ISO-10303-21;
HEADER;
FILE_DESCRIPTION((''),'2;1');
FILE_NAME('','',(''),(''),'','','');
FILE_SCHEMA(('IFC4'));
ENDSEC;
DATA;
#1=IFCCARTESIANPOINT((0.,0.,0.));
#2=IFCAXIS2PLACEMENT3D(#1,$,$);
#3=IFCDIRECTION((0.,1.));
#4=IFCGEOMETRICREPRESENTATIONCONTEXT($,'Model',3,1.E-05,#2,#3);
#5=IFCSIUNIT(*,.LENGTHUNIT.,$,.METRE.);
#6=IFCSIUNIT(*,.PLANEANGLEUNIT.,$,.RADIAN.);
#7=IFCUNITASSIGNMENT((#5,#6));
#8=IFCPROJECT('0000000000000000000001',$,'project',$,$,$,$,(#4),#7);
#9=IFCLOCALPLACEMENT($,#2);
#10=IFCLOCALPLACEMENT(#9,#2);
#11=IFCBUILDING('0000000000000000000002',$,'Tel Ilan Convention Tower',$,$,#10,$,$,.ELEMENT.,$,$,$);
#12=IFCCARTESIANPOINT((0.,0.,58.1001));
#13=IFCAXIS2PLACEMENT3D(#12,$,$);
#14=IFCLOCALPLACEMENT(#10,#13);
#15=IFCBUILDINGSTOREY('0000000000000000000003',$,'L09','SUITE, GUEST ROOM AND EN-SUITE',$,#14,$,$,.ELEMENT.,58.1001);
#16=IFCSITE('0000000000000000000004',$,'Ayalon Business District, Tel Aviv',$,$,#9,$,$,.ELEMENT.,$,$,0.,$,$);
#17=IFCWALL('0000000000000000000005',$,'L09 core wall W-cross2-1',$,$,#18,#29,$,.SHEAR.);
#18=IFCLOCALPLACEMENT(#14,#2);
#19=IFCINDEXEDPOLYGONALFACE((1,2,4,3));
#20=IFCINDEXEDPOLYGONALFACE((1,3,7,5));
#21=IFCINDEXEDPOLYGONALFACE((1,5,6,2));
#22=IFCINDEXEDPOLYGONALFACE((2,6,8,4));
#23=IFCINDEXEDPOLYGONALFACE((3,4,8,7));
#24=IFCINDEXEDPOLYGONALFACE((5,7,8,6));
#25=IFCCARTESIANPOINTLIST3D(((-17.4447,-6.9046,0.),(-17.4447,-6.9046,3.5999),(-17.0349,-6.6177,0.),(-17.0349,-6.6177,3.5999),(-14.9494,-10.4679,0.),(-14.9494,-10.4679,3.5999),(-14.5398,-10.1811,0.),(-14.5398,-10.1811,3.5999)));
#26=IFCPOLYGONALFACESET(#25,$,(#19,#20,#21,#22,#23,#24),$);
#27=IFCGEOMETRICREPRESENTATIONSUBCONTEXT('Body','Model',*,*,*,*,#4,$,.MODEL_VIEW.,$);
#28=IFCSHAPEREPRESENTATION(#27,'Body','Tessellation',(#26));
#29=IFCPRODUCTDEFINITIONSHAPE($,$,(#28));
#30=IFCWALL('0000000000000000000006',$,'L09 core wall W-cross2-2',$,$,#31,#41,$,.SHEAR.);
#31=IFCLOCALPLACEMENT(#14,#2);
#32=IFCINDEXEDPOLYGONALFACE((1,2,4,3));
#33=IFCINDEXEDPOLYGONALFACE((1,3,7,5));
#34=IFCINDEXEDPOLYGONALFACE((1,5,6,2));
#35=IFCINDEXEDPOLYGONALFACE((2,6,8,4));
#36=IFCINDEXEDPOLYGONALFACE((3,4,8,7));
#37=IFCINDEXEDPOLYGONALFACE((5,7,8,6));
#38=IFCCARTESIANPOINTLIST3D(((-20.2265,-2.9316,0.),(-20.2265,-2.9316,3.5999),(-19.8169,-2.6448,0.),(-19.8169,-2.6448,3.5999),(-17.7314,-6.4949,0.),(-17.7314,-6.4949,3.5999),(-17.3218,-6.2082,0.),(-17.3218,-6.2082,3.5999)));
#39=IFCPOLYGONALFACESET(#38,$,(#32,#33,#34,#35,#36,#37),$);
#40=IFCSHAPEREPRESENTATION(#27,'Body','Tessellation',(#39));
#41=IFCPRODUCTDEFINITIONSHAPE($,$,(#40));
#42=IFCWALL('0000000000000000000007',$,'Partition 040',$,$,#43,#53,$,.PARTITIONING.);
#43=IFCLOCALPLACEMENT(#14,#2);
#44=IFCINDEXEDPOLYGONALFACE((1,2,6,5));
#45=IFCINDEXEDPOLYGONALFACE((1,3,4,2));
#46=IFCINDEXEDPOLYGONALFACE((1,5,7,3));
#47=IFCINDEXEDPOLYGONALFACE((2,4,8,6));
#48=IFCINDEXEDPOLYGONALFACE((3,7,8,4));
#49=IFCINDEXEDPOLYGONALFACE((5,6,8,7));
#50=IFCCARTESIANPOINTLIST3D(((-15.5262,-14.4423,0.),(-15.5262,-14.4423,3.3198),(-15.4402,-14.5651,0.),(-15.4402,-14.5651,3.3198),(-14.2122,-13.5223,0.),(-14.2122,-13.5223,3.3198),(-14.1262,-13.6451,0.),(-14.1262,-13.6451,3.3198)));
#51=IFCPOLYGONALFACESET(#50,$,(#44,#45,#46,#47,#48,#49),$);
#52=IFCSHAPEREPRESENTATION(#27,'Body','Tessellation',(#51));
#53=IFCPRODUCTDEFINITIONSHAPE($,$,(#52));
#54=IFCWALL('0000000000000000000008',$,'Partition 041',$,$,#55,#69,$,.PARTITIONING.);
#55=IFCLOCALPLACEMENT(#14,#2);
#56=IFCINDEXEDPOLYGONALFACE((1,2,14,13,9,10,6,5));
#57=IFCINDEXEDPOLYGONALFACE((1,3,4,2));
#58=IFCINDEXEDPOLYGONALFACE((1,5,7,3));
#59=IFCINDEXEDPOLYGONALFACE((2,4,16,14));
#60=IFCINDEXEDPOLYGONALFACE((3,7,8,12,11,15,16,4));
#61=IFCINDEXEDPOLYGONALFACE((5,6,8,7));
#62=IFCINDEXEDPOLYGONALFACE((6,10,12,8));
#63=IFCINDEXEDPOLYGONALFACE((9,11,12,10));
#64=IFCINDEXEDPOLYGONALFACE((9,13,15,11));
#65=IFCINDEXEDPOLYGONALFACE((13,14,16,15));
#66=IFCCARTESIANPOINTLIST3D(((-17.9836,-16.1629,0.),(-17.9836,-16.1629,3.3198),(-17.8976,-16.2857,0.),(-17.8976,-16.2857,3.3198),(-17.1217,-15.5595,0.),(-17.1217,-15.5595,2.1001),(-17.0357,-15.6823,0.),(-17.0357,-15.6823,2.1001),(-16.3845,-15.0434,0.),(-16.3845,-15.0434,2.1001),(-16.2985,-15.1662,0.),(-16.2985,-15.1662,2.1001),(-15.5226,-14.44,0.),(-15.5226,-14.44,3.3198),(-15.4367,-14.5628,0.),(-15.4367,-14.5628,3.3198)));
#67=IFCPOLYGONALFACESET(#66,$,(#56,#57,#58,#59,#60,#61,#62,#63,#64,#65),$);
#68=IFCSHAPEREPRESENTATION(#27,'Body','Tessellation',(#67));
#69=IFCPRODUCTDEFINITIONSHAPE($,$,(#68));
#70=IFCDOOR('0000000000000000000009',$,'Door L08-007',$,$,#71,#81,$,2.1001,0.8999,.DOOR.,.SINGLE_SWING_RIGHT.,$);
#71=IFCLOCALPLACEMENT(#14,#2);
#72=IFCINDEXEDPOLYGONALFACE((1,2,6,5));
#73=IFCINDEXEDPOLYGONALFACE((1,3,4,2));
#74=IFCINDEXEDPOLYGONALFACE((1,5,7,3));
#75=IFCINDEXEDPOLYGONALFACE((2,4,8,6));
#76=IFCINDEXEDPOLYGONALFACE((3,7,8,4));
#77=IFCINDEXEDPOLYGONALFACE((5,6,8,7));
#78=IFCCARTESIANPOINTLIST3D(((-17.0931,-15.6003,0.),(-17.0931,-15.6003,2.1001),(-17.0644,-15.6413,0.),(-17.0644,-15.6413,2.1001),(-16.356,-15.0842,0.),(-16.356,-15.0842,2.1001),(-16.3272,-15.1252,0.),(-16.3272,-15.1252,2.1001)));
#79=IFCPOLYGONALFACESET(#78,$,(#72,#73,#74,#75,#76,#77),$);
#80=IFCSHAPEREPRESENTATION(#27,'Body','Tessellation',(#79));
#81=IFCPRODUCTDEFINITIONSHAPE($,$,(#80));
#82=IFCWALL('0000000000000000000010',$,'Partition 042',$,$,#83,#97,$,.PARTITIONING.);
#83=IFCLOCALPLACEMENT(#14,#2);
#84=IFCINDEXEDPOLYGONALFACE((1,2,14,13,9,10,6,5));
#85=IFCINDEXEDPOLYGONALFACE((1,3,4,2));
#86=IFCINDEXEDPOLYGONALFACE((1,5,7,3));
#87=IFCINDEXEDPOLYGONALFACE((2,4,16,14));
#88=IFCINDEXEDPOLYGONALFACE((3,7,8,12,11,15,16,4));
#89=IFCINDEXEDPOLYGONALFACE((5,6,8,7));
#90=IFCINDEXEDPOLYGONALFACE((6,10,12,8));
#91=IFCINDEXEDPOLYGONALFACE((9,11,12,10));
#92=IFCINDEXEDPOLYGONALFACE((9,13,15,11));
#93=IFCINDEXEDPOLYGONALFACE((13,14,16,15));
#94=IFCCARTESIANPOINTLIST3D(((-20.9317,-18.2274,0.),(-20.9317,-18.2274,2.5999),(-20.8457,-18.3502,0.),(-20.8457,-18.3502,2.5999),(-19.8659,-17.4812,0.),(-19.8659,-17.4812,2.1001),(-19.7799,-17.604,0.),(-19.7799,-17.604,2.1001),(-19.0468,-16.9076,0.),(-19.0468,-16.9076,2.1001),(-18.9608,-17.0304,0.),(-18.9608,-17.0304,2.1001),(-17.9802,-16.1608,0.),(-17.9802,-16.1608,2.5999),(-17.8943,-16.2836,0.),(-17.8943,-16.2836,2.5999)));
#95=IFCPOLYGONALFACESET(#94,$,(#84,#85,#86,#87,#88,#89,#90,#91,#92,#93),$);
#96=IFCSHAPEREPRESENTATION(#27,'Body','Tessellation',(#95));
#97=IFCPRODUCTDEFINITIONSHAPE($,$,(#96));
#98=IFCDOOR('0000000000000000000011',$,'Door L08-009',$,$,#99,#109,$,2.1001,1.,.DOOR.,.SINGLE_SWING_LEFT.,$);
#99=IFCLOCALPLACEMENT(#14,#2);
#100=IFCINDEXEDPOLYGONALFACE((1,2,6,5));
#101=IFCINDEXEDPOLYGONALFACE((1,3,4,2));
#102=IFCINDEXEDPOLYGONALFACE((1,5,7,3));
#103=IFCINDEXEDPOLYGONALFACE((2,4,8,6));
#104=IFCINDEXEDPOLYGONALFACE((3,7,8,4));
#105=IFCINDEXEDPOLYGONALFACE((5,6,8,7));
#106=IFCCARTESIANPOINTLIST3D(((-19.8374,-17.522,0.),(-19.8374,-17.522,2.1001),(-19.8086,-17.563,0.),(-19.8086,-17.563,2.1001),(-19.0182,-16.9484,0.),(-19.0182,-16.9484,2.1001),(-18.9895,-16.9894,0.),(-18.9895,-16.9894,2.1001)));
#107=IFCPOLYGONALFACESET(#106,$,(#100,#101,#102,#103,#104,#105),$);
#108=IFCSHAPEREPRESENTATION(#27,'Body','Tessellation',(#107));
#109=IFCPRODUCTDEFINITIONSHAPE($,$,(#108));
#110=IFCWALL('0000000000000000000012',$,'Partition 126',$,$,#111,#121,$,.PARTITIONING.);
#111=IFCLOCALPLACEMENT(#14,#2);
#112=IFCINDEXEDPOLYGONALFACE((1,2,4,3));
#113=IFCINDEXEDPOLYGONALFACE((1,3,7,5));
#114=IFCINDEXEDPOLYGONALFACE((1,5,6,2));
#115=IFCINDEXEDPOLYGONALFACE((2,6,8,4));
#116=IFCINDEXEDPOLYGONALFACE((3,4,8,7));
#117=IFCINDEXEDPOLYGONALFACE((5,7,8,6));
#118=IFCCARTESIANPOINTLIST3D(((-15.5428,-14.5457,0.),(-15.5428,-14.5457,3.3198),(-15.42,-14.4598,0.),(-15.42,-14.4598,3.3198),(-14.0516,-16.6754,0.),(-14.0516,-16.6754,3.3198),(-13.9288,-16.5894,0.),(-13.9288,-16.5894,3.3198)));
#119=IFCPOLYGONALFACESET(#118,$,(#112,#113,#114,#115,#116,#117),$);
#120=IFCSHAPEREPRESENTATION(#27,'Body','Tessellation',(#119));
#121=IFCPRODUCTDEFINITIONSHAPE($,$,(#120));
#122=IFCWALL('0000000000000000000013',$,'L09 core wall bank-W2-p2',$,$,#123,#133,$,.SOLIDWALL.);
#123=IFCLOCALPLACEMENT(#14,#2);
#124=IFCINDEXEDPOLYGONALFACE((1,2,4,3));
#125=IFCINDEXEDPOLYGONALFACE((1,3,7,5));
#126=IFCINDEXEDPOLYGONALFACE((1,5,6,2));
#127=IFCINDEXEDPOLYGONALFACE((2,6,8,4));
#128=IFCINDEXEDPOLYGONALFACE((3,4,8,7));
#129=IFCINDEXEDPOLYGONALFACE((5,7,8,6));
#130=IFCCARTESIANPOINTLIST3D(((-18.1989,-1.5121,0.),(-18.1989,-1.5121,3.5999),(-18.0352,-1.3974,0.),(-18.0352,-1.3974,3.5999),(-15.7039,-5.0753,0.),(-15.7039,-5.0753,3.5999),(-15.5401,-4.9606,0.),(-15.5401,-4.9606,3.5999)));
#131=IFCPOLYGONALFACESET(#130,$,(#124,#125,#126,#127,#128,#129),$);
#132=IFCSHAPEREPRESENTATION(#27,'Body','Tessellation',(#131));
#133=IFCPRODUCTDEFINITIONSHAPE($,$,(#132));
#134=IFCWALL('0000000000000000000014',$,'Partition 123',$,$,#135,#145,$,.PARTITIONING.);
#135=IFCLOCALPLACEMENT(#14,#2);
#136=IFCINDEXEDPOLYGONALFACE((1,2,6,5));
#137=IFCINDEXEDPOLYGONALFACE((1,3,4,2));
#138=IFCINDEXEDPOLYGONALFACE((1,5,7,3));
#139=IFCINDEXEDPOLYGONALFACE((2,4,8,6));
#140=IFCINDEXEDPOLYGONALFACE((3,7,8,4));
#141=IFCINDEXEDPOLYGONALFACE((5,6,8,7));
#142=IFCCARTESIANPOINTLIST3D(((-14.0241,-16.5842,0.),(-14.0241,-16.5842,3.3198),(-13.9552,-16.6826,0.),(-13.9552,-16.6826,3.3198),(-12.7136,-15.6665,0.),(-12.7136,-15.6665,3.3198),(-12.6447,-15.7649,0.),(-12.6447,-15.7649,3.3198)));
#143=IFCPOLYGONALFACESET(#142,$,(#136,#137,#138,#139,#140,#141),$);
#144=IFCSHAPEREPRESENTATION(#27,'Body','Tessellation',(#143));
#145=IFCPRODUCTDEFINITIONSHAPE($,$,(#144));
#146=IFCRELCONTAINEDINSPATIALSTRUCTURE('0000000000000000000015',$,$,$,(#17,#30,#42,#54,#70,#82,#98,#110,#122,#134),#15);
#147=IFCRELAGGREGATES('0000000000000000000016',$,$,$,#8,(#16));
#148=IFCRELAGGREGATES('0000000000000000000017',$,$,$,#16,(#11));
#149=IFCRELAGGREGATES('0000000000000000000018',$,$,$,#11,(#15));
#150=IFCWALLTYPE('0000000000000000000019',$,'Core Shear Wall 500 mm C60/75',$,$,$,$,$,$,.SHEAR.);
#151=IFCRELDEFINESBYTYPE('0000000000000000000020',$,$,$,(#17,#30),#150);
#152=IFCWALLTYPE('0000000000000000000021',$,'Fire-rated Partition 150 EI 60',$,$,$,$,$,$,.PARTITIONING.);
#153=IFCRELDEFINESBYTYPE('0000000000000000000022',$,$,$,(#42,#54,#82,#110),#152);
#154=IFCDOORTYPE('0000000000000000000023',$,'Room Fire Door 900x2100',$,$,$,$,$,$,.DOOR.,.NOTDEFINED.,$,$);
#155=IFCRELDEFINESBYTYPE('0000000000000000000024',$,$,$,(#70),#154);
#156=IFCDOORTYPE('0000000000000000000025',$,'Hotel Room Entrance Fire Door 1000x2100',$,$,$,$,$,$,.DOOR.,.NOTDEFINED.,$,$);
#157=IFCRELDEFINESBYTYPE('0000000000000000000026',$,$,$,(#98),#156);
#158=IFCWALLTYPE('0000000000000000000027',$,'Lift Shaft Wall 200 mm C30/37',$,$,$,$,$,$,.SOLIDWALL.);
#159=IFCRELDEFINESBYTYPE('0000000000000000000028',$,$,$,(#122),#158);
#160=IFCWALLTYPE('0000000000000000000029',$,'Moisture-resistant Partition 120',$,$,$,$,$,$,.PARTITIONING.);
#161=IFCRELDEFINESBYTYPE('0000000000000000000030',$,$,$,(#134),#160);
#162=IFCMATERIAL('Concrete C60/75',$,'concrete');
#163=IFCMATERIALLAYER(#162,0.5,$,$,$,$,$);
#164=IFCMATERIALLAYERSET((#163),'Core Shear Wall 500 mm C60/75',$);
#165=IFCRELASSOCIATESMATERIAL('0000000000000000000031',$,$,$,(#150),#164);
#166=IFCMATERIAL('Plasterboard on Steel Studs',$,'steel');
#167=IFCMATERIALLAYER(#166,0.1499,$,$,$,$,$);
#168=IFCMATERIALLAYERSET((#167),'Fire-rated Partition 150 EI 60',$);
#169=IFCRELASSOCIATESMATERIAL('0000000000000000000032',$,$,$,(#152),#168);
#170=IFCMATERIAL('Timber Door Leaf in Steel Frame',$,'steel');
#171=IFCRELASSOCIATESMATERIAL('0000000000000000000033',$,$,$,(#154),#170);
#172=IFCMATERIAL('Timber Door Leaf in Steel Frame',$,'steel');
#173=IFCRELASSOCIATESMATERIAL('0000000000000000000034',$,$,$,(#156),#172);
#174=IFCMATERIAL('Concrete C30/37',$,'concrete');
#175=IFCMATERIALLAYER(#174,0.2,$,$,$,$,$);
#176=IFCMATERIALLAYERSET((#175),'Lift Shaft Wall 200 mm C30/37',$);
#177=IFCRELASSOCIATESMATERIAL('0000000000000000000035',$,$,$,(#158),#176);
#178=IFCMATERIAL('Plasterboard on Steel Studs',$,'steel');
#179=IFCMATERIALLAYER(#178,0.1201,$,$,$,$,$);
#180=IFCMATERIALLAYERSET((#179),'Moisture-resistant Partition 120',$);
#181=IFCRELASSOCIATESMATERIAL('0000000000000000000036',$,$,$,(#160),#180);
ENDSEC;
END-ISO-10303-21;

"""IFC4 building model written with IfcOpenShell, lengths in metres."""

from ifc_helpers import new_model, si_unit, direction, frame, frame_2d, origin, place, context, subcontext, project, spatial, polyline, rectangle, outline, extrude, material, layer, layer_set, type_object, element, fill, save


model = new_model("IFC4")

# Units and contexts
model_context = context("Model", 3, precision=1e-05, world=origin(), true_north=direction((0.0, 1.0)))
body_context = subcontext(model_context, "Body", "Model", "MODEL_VIEW")
ifc_project = project(units=[si_unit("LENGTHUNIT", "METRE"), si_unit("PLANEANGLEUNIT", "RADIAN")], contexts=[model_context])

# Site, building, storey
site_placement = place(None, origin())
site = spatial("IfcSite", under=ifc_project, at=site_placement, Name="Ayalon Business District, Tel Aviv", CompositionType="ELEMENT", RefElevation=0.0)
building_placement = place(site_placement, origin())
building = spatial("IfcBuilding", under=site, at=building_placement, Name="Tel Ilan Convention Tower", CompositionType="ELEMENT")
storey_placement = place(building_placement, frame((0.0, 0.0, 58.1001)))
storey = spatial("IfcBuildingStorey", under=building, at=storey_placement, Name="L09", Description="SUITE, GUEST ROOM AND EN-SUITE", CompositionType="ELEMENT", Elevation=58.1001)

# Walls
ifc_material_1 = material(Name="Concrete C60/75", Category="concrete")
ifc_layer_1 = layer(ifc_material_1, 0.5)
ifc_layer_set_1 = layer_set([ifc_layer_1], Name="Core Shear Wall 500 mm C60/75")
wall_type_1 = type_object("IfcWallType", Name="Core Shear Wall 500 mm C60/75", PredefinedType="SHEAR", material=ifc_layer_set_1)
wall_1_placement = place(storey_placement, frame((-14.7446, -10.3245, 0.0), z_axis=(0.0, 0.0, 1.0), x_axis=(-0.573568, 0.819158, 0.0)))
element("IfcWall", 1, at=wall_1_placement, inside=storey, type_object=wall_type_1, Name="L09 core wall W-cross2-1", PredefinedType="SHEAR", context=body_context, shape_type="SweptSolid", body=[
    extrude(outline(polyline([(4.3501, 0.2502), (0.0, 0.25), (0.0, -0.25), (4.3501, -0.25), (4.3501, 0.2502)])), origin(), (0.0, 0.0, 1.0), 3.5999),
])
wall_2_placement = place(storey_placement, frame((-17.5266, -6.3516, 0.0), z_axis=(0.0, 0.0, 1.0), x_axis=(-0.57353, 0.819184, 0.0)))
element("IfcWall", 2, at=wall_2_placement, inside=storey, type_object=wall_type_1, Name="L09 core wall W-cross2-2", PredefinedType="SHEAR", context=body_context, shape_type="SweptSolid", body=[
    extrude(outline(polyline([(4.3501, -0.2498), (4.3501, 0.2502), (0.0, 0.25), (0.0, -0.25), (4.3501, -0.2498)])), origin(), (0.0, 0.0, 1.0), 3.5999),
])
ifc_material_2 = material(Name="Plasterboard on Steel Studs", Category="steel")
ifc_layer_2 = layer(ifc_material_2, 0.1499)
ifc_layer_set_2 = layer_set([ifc_layer_2], Name="Fire-rated Partition 150 EI 60")
wall_type_2 = type_object("IfcWallType", Name="Fire-rated Partition 150 EI 60", PredefinedType="PARTITIONING", material=ifc_layer_set_2)
wall_3_placement = place(storey_placement, frame((-14.1692, -13.5837, 0.0), z_axis=(0.0, 0.0, 1.0), x_axis=(-0.819189, -0.573524, 0.0)))
element("IfcWall", 3, at=wall_3_placement, inside=storey, type_object=wall_type_2, Name="Partition 040", PredefinedType="PARTITIONING", context=body_context, shape_type="SweptSolid", body=[
    extrude(rectangle(XDim=1.604, YDim=0.1499, at=frame_2d((0.802, 0.0))), origin(), (0.0, 0.0, 1.0), 3.3198),
])

# Walls, openings, doors
wall_4_placement = place(storey_placement, frame((-15.4797, -14.5015, 0.0), z_axis=(0.0, 0.0, 1.0), x_axis=(-0.819194, -0.573517, 0.0)))
wall_4 = element("IfcWall", 4, at=wall_4_placement, inside=storey, type_object=wall_type_2, Name="Partition 041", PredefinedType="PARTITIONING", context=body_context, shape_type="SweptSolid", body=[
    extrude(rectangle(XDim=3.0042, YDim=0.1499, at=frame_2d((1.502, 0.0))), origin(), (0.0, 0.0, 1.0), 3.3198),
])
opening_1_placement = place(wall_4_placement, frame((1.052, 0.0, 0.0)))
opening_1 = element("IfcOpeningElement", 5, at=opening_1_placement, cuts=wall_4, PredefinedType="OPENING", context=body_context, shape_type="SweptSolid", body=[
    extrude(rectangle(XDim=0.8999, YDim=2.1001, at=frame_2d((0.45, 1.05))), frame((0.0, 0.085, 0.0), z_axis=(0.0, -1.0, 0.0), x_axis=(1.0, 0.0, 0.0)), (0.0, 0.0, 1.0), 0.1699),
])
ifc_material_3 = material(Name="Timber Door Leaf in Steel Frame", Category="steel")
door_type_1 = type_object("IfcDoorType", Name="Room Fire Door 900x2100", OperationType="NOTDEFINED", PredefinedType="DOOR", material=ifc_material_3)
door_1_placement = place(opening_1_placement, origin())
door_1 = element("IfcDoor", 6, at=door_1_placement, inside=storey, type_object=door_type_1, Name="Door L08-007", OperationType="SINGLE_SWING_RIGHT", OverallHeight=2.1001, OverallWidth=0.8999, PredefinedType="DOOR", context=body_context, shape_type="SweptSolid", body=[
    extrude(rectangle(XDim=0.8999, YDim=2.1001, at=frame_2d((0.45, 1.05))), frame((0.0, 0.0249, 0.0), z_axis=(0.0, -1.0, 0.0), x_axis=(1.0, 0.0, 0.0)), (0.0, 0.0, 1.0), 0.05),
])
fill(opening_1, door_1)
wall_5_placement = place(storey_placement, frame((-17.9373, -16.2222, 0.0), z_axis=(0.0, 0.0, 1.0), x_axis=(-0.819146, -0.573585, 0.0)))
wall_5 = element("IfcWall", 7, at=wall_5_placement, inside=storey, type_object=wall_type_2, Name="Partition 042", PredefinedType="PARTITIONING", context=body_context, shape_type="SweptSolid", body=[
    extrude(rectangle(XDim=3.603, YDim=0.1499, at=frame_2d((1.8015, 0.0))), origin(), (0.0, 0.0, 1.0), 2.5999),
])
opening_2_placement = place(wall_5_placement, frame((1.302, 0.0, 0.0)))
opening_2 = element("IfcOpeningElement", 8, at=opening_2_placement, cuts=wall_5, PredefinedType="OPENING", context=body_context, shape_type="SweptSolid", body=[
    extrude(rectangle(XDim=1.0, YDim=2.1001, at=frame_2d((0.5, 1.05))), frame((0.0, 0.085, 0.0), z_axis=(0.0, -1.0, 0.0), x_axis=(1.0, 0.0, 0.0)), (0.0, 0.0, 1.0), 0.1699),
])
ifc_material_4 = material(Name="Timber Door Leaf in Steel Frame", Category="steel")
door_type_2 = type_object("IfcDoorType", Name="Hotel Room Entrance Fire Door 1000x2100", OperationType="NOTDEFINED", PredefinedType="DOOR", material=ifc_material_4)
door_2_placement = place(opening_2_placement, origin())
door_2 = element("IfcDoor", 9, at=door_2_placement, inside=storey, type_object=door_type_2, Name="Door L08-009", OperationType="SINGLE_SWING_LEFT", OverallHeight=2.1001, OverallWidth=1.0, PredefinedType="DOOR", context=body_context, shape_type="SweptSolid", body=[
    extrude(rectangle(XDim=1.0, YDim=2.1001, at=frame_2d((0.5, 1.05))), frame((0.0, 0.0249, 0.0), z_axis=(0.0, -1.0, 0.0), x_axis=(1.0, 0.0, 0.0)), (0.0, 0.0, 1.0), 0.05),
])
fill(opening_2, door_2)

# Walls
wall_6_placement = place(storey_placement, frame((-13.9902, -16.6323, 0.0), z_axis=(0.0, 0.0, 1.0), x_axis=(-0.573582, 0.819148, 0.0)))
element("IfcWall", 10, at=wall_6_placement, inside=storey, type_object=wall_type_2, Name="Partition 126", PredefinedType="PARTITIONING", context=body_context, shape_type="SweptSolid", body=[
    extrude(rectangle(XDim=2.5999, YDim=0.1499, at=frame_2d((1.2998, 0.0))), origin(), (0.0, 0.0, 1.0), 3.3198),
])
ifc_material_5 = material(Name="Concrete C30/37", Category="concrete")
ifc_layer_3 = layer(ifc_material_5, 0.2)
ifc_layer_set_3 = layer_set([ifc_layer_3], Name="Lift Shaft Wall 200 mm C30/37")
wall_type_3 = type_object("IfcWallType", Name="Lift Shaft Wall 200 mm C30/37", PredefinedType="SOLIDWALL", material=ifc_layer_set_3)
wall_7_placement = place(storey_placement, frame((-15.6221, -5.0178, 0.0), z_axis=(0.0, 0.0, 1.0), x_axis=(-0.573594, 0.81914, 0.0)))
element("IfcWall", 11, at=wall_7_placement, inside=storey, type_object=wall_type_3, Name="L09 core wall bank-W2-p2", PredefinedType="SOLIDWALL", context=body_context, shape_type="SweptSolid", body=[
    extrude(rectangle(XDim=4.3499, YDim=0.2, at=frame_2d((2.1748, 0.0))), origin(), (0.0, 0.0, 1.0), 3.5999),
])
ifc_material_6 = material(Name="Plasterboard on Steel Studs", Category="steel")
ifc_layer_4 = layer(ifc_material_6, 0.1201)
ifc_layer_set_4 = layer_set([ifc_layer_4], Name="Moisture-resistant Partition 120")
wall_type_4 = type_object("IfcWallType", Name="Moisture-resistant Partition 120", PredefinedType="PARTITIONING", material=ifc_layer_set_4)
wall_8_placement = place(storey_placement, frame((-13.9895, -16.6333, 0.0), z_axis=(0.0, 0.0, 1.0), x_axis=(0.819132, 0.573606, 0.0)))
element("IfcWall", 12, at=wall_8_placement, inside=storey, type_object=wall_type_4, Name="Partition 123", PredefinedType="PARTITIONING", context=body_context, shape_type="SweptSolid", body=[
    extrude(rectangle(XDim=1.5999, YDim=0.1201, at=frame_2d((0.7998, 0.0))), origin(), (0.0, 0.0, 1.0), 3.3198),
])

save(model, "model.ifc")
